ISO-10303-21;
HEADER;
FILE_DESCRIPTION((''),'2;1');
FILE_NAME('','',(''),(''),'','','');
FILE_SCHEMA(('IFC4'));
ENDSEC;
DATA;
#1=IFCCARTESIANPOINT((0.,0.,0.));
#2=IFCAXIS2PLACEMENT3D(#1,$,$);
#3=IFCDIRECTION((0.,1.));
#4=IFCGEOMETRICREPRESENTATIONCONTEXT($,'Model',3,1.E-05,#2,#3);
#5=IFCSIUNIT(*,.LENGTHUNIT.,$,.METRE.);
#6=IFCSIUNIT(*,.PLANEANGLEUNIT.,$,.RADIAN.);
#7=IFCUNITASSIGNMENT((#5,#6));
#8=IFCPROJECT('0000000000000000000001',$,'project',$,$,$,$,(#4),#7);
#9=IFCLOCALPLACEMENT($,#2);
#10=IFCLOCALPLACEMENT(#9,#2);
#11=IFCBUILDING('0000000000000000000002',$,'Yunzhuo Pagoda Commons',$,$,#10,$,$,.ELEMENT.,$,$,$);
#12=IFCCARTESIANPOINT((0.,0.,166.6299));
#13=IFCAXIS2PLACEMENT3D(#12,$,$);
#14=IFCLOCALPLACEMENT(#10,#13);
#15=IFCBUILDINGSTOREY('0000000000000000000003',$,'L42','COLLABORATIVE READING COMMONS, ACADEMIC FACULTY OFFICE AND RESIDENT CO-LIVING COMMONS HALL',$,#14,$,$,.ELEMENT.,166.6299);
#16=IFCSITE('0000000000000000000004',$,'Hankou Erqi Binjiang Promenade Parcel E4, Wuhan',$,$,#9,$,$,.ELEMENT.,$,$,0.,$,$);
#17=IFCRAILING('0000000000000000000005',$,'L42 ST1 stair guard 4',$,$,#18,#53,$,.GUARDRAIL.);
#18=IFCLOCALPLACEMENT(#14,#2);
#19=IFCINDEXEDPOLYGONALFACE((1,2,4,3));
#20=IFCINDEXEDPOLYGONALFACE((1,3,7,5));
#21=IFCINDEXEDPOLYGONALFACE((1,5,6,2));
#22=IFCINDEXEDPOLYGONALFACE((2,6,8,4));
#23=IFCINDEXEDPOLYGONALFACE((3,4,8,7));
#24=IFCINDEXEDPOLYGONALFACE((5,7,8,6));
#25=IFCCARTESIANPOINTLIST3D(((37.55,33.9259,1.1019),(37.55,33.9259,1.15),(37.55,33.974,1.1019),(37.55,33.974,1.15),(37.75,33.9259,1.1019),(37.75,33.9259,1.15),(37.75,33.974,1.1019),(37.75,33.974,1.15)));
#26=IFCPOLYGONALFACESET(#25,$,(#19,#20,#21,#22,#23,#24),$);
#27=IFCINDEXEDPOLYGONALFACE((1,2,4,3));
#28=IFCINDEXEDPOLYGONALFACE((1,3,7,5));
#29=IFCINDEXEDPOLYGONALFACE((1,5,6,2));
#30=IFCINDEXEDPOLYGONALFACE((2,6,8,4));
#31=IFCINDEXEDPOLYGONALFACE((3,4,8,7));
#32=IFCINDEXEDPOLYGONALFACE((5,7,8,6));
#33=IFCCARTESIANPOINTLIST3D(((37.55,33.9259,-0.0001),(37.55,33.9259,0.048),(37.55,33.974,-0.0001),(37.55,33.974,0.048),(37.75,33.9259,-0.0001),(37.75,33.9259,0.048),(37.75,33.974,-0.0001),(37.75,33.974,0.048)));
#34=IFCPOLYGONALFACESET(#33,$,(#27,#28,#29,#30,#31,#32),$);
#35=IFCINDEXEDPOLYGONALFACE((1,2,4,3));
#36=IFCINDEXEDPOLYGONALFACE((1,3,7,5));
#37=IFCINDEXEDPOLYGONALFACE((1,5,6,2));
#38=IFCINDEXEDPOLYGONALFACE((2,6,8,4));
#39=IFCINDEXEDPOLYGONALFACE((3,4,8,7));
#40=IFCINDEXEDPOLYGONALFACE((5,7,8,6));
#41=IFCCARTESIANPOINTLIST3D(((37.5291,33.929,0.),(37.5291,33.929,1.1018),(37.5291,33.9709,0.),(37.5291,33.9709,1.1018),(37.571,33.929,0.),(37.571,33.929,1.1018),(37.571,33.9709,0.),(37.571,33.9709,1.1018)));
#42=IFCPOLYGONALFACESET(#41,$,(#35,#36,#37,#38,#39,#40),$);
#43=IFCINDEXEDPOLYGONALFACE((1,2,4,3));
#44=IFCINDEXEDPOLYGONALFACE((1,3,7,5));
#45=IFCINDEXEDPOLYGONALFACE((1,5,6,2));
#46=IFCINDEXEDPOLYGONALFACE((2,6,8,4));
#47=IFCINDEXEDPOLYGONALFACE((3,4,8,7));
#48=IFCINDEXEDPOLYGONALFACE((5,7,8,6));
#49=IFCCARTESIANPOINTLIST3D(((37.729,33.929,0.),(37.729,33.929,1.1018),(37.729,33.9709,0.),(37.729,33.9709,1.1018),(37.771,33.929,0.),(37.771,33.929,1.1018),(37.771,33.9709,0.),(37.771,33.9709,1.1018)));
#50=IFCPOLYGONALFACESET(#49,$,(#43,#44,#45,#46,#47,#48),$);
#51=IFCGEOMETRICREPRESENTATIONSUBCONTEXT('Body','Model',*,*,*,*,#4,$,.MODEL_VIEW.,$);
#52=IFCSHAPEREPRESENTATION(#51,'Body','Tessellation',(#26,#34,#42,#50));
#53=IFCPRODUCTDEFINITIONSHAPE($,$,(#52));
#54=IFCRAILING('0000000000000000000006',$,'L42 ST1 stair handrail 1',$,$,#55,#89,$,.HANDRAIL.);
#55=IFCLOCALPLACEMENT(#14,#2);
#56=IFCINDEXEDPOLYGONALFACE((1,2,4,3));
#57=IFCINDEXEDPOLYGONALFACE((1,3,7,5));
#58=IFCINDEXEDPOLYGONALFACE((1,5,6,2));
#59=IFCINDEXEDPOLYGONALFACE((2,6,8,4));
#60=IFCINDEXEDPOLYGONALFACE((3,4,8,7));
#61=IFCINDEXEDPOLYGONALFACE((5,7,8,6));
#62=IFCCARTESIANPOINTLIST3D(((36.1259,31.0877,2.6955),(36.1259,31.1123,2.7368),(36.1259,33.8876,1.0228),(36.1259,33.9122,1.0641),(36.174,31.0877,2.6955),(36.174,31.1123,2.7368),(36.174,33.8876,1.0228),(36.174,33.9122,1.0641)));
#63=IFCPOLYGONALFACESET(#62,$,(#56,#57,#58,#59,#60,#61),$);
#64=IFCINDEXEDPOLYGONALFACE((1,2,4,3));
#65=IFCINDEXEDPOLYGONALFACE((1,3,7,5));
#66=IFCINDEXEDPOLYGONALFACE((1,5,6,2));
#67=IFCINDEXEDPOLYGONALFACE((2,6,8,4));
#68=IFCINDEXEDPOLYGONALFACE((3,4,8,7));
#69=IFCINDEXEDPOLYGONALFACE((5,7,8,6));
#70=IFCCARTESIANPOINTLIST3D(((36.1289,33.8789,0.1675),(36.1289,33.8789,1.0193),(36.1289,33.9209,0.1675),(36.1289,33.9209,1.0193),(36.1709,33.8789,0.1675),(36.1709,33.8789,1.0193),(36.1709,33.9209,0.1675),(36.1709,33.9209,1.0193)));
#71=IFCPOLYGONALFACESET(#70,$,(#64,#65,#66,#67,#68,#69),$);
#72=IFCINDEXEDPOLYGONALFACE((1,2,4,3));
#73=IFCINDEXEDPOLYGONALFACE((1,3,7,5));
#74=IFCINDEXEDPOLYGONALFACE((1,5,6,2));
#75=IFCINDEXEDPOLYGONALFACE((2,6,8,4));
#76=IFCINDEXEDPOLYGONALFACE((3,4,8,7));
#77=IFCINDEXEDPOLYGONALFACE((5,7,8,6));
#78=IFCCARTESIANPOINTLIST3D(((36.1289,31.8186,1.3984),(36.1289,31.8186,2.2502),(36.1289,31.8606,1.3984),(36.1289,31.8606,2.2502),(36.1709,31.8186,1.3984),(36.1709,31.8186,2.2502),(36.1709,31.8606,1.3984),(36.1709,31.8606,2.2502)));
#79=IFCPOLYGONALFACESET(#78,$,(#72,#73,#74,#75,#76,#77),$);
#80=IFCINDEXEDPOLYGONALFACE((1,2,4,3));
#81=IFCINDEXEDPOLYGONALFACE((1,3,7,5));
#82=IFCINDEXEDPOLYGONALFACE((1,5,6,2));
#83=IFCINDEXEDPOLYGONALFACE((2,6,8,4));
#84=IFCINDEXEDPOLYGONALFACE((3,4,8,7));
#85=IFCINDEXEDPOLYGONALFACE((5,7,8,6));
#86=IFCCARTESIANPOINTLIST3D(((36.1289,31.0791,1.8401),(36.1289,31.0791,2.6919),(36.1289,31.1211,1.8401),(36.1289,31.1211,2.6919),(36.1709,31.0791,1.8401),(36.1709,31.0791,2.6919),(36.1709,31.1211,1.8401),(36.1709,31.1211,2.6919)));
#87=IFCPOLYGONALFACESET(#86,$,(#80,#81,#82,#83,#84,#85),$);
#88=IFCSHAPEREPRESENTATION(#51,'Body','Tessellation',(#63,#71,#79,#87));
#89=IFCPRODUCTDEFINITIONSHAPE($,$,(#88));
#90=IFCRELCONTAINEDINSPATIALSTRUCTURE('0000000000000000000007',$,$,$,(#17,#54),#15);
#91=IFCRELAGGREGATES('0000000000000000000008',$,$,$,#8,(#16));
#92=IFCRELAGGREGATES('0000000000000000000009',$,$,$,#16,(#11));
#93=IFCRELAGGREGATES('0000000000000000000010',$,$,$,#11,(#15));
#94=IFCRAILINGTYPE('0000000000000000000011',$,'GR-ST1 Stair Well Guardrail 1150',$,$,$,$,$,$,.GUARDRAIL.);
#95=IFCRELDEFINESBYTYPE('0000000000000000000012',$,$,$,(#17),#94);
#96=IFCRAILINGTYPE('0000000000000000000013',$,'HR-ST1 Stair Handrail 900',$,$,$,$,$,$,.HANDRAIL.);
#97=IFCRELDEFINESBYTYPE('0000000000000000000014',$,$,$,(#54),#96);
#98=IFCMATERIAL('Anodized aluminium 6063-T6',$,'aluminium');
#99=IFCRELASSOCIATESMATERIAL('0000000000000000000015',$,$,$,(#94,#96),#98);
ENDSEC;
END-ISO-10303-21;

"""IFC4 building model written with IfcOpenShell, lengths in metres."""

from ifc_helpers import new_model, si_unit, direction, frame, origin, origin_2d, place, context, subcontext, project, spatial, rectangle, extrude, material, type_object, element, save


model = new_model("IFC4")

# Units and contexts
model_context = context("Model", 3, precision=1e-05, world=origin(), true_north=direction((0.0, 1.0)))
body_context = subcontext(model_context, "Body", "Model", "MODEL_VIEW")
ifc_project = project(units=[si_unit("LENGTHUNIT", "METRE"), si_unit("PLANEANGLEUNIT", "RADIAN")], contexts=[model_context])

# Site, building, storey
site_placement = place(None, origin())
site = spatial("IfcSite", under=ifc_project, at=site_placement, Name="Hankou Erqi Binjiang Promenade Parcel E4, Wuhan", CompositionType="ELEMENT", RefElevation=0.0)
building_placement = place(site_placement, origin())
building = spatial("IfcBuilding", under=site, at=building_placement, Name="Yunzhuo Pagoda Commons", CompositionType="ELEMENT")
storey_placement = place(building_placement, frame((0.0, 0.0, 166.6299)))
storey = spatial("IfcBuildingStorey", under=building, at=storey_placement, Name="L42", Description="COLLABORATIVE READING COMMONS, ACADEMIC FACULTY OFFICE AND RESIDENT CO-LIVING COMMONS HALL", CompositionType="ELEMENT", Elevation=166.6299)

# Railings
ifc_material_1 = material(Name="Anodized aluminium 6063-T6", Category="aluminium")
railing_type_1 = type_object("IfcRailingType", Name="GR-ST1 Stair Well Guardrail 1150", PredefinedType="GUARDRAIL", material=ifc_material_1)
railing_1_placement = place(storey_placement, frame((37.55, 33.95, 0.0)))
element("IfcRailing", 1, at=railing_1_placement, inside=storey, type_object=railing_type_1, Name="L42 ST1 stair guard 4", PredefinedType="GUARDRAIL", context=body_context, shape_type="SweptSolid", body=[
    extrude(rectangle(XDim=0.0481, YDim=0.0481, at=origin_2d()), frame((0.0, 0.0, 1.126), z_axis=(1.0, 0.0, 0.0), x_axis=(0.0, 1.0, 0.0)), (0.0, 0.0, 1.0), 0.2),
    extrude(rectangle(XDim=0.0481, YDim=0.0481, at=origin_2d()), frame((0.0, 0.0, 0.0239), z_axis=(1.0, 0.0, 0.0), x_axis=(0.0, 1.0, 0.0)), (0.0, 0.0, 1.0), 0.2),
    extrude(rectangle(XDim=0.042, YDim=0.042, at=origin_2d()), origin(), (0.0, 0.0, 1.0), 1.1018),
    extrude(rectangle(XDim=0.042, YDim=0.042, at=origin_2d()), frame((0.2, 0.0, 0.0)), (0.0, 0.0, 1.0), 1.1018),
])
railing_type_2 = type_object("IfcRailingType", Name="HR-ST1 Stair Handrail 900", PredefinedType="HANDRAIL", material=ifc_material_1)
railing_2_placement = place(storey_placement, frame((36.1499, 33.8999, 0.1675)))
element("IfcRailing", 2, at=railing_2_placement, inside=storey, type_object=railing_type_2, Name="L42 ST1 stair handrail 1", PredefinedType="HANDRAIL", context=body_context, shape_type="SweptSolid", body=[
    extrude(rectangle(XDim=0.0481, YDim=0.0481, at=origin_2d()), frame((0.0, 0.0, 0.876), z_axis=(0.0, -0.858476, 0.512855), x_axis=(1.0, 0.0, 0.0)), (0.0, 0.0, 1.0), 3.2615),
    extrude(rectangle(XDim=0.042, YDim=0.042, at=origin_2d()), origin(), (0.0, 0.0, 1.0), 0.8518),
    extrude(rectangle(XDim=0.042, YDim=0.042, at=origin_2d()), frame((0.0, -2.0603, 1.231)), (0.0, 0.0, 1.0), 0.8518),
    extrude(rectangle(XDim=0.042, YDim=0.042, at=origin_2d()), frame((0.0, -2.7998, 1.6726)), (0.0, 0.0, 1.0), 0.8518),
])

save(model, "model.ifc")
